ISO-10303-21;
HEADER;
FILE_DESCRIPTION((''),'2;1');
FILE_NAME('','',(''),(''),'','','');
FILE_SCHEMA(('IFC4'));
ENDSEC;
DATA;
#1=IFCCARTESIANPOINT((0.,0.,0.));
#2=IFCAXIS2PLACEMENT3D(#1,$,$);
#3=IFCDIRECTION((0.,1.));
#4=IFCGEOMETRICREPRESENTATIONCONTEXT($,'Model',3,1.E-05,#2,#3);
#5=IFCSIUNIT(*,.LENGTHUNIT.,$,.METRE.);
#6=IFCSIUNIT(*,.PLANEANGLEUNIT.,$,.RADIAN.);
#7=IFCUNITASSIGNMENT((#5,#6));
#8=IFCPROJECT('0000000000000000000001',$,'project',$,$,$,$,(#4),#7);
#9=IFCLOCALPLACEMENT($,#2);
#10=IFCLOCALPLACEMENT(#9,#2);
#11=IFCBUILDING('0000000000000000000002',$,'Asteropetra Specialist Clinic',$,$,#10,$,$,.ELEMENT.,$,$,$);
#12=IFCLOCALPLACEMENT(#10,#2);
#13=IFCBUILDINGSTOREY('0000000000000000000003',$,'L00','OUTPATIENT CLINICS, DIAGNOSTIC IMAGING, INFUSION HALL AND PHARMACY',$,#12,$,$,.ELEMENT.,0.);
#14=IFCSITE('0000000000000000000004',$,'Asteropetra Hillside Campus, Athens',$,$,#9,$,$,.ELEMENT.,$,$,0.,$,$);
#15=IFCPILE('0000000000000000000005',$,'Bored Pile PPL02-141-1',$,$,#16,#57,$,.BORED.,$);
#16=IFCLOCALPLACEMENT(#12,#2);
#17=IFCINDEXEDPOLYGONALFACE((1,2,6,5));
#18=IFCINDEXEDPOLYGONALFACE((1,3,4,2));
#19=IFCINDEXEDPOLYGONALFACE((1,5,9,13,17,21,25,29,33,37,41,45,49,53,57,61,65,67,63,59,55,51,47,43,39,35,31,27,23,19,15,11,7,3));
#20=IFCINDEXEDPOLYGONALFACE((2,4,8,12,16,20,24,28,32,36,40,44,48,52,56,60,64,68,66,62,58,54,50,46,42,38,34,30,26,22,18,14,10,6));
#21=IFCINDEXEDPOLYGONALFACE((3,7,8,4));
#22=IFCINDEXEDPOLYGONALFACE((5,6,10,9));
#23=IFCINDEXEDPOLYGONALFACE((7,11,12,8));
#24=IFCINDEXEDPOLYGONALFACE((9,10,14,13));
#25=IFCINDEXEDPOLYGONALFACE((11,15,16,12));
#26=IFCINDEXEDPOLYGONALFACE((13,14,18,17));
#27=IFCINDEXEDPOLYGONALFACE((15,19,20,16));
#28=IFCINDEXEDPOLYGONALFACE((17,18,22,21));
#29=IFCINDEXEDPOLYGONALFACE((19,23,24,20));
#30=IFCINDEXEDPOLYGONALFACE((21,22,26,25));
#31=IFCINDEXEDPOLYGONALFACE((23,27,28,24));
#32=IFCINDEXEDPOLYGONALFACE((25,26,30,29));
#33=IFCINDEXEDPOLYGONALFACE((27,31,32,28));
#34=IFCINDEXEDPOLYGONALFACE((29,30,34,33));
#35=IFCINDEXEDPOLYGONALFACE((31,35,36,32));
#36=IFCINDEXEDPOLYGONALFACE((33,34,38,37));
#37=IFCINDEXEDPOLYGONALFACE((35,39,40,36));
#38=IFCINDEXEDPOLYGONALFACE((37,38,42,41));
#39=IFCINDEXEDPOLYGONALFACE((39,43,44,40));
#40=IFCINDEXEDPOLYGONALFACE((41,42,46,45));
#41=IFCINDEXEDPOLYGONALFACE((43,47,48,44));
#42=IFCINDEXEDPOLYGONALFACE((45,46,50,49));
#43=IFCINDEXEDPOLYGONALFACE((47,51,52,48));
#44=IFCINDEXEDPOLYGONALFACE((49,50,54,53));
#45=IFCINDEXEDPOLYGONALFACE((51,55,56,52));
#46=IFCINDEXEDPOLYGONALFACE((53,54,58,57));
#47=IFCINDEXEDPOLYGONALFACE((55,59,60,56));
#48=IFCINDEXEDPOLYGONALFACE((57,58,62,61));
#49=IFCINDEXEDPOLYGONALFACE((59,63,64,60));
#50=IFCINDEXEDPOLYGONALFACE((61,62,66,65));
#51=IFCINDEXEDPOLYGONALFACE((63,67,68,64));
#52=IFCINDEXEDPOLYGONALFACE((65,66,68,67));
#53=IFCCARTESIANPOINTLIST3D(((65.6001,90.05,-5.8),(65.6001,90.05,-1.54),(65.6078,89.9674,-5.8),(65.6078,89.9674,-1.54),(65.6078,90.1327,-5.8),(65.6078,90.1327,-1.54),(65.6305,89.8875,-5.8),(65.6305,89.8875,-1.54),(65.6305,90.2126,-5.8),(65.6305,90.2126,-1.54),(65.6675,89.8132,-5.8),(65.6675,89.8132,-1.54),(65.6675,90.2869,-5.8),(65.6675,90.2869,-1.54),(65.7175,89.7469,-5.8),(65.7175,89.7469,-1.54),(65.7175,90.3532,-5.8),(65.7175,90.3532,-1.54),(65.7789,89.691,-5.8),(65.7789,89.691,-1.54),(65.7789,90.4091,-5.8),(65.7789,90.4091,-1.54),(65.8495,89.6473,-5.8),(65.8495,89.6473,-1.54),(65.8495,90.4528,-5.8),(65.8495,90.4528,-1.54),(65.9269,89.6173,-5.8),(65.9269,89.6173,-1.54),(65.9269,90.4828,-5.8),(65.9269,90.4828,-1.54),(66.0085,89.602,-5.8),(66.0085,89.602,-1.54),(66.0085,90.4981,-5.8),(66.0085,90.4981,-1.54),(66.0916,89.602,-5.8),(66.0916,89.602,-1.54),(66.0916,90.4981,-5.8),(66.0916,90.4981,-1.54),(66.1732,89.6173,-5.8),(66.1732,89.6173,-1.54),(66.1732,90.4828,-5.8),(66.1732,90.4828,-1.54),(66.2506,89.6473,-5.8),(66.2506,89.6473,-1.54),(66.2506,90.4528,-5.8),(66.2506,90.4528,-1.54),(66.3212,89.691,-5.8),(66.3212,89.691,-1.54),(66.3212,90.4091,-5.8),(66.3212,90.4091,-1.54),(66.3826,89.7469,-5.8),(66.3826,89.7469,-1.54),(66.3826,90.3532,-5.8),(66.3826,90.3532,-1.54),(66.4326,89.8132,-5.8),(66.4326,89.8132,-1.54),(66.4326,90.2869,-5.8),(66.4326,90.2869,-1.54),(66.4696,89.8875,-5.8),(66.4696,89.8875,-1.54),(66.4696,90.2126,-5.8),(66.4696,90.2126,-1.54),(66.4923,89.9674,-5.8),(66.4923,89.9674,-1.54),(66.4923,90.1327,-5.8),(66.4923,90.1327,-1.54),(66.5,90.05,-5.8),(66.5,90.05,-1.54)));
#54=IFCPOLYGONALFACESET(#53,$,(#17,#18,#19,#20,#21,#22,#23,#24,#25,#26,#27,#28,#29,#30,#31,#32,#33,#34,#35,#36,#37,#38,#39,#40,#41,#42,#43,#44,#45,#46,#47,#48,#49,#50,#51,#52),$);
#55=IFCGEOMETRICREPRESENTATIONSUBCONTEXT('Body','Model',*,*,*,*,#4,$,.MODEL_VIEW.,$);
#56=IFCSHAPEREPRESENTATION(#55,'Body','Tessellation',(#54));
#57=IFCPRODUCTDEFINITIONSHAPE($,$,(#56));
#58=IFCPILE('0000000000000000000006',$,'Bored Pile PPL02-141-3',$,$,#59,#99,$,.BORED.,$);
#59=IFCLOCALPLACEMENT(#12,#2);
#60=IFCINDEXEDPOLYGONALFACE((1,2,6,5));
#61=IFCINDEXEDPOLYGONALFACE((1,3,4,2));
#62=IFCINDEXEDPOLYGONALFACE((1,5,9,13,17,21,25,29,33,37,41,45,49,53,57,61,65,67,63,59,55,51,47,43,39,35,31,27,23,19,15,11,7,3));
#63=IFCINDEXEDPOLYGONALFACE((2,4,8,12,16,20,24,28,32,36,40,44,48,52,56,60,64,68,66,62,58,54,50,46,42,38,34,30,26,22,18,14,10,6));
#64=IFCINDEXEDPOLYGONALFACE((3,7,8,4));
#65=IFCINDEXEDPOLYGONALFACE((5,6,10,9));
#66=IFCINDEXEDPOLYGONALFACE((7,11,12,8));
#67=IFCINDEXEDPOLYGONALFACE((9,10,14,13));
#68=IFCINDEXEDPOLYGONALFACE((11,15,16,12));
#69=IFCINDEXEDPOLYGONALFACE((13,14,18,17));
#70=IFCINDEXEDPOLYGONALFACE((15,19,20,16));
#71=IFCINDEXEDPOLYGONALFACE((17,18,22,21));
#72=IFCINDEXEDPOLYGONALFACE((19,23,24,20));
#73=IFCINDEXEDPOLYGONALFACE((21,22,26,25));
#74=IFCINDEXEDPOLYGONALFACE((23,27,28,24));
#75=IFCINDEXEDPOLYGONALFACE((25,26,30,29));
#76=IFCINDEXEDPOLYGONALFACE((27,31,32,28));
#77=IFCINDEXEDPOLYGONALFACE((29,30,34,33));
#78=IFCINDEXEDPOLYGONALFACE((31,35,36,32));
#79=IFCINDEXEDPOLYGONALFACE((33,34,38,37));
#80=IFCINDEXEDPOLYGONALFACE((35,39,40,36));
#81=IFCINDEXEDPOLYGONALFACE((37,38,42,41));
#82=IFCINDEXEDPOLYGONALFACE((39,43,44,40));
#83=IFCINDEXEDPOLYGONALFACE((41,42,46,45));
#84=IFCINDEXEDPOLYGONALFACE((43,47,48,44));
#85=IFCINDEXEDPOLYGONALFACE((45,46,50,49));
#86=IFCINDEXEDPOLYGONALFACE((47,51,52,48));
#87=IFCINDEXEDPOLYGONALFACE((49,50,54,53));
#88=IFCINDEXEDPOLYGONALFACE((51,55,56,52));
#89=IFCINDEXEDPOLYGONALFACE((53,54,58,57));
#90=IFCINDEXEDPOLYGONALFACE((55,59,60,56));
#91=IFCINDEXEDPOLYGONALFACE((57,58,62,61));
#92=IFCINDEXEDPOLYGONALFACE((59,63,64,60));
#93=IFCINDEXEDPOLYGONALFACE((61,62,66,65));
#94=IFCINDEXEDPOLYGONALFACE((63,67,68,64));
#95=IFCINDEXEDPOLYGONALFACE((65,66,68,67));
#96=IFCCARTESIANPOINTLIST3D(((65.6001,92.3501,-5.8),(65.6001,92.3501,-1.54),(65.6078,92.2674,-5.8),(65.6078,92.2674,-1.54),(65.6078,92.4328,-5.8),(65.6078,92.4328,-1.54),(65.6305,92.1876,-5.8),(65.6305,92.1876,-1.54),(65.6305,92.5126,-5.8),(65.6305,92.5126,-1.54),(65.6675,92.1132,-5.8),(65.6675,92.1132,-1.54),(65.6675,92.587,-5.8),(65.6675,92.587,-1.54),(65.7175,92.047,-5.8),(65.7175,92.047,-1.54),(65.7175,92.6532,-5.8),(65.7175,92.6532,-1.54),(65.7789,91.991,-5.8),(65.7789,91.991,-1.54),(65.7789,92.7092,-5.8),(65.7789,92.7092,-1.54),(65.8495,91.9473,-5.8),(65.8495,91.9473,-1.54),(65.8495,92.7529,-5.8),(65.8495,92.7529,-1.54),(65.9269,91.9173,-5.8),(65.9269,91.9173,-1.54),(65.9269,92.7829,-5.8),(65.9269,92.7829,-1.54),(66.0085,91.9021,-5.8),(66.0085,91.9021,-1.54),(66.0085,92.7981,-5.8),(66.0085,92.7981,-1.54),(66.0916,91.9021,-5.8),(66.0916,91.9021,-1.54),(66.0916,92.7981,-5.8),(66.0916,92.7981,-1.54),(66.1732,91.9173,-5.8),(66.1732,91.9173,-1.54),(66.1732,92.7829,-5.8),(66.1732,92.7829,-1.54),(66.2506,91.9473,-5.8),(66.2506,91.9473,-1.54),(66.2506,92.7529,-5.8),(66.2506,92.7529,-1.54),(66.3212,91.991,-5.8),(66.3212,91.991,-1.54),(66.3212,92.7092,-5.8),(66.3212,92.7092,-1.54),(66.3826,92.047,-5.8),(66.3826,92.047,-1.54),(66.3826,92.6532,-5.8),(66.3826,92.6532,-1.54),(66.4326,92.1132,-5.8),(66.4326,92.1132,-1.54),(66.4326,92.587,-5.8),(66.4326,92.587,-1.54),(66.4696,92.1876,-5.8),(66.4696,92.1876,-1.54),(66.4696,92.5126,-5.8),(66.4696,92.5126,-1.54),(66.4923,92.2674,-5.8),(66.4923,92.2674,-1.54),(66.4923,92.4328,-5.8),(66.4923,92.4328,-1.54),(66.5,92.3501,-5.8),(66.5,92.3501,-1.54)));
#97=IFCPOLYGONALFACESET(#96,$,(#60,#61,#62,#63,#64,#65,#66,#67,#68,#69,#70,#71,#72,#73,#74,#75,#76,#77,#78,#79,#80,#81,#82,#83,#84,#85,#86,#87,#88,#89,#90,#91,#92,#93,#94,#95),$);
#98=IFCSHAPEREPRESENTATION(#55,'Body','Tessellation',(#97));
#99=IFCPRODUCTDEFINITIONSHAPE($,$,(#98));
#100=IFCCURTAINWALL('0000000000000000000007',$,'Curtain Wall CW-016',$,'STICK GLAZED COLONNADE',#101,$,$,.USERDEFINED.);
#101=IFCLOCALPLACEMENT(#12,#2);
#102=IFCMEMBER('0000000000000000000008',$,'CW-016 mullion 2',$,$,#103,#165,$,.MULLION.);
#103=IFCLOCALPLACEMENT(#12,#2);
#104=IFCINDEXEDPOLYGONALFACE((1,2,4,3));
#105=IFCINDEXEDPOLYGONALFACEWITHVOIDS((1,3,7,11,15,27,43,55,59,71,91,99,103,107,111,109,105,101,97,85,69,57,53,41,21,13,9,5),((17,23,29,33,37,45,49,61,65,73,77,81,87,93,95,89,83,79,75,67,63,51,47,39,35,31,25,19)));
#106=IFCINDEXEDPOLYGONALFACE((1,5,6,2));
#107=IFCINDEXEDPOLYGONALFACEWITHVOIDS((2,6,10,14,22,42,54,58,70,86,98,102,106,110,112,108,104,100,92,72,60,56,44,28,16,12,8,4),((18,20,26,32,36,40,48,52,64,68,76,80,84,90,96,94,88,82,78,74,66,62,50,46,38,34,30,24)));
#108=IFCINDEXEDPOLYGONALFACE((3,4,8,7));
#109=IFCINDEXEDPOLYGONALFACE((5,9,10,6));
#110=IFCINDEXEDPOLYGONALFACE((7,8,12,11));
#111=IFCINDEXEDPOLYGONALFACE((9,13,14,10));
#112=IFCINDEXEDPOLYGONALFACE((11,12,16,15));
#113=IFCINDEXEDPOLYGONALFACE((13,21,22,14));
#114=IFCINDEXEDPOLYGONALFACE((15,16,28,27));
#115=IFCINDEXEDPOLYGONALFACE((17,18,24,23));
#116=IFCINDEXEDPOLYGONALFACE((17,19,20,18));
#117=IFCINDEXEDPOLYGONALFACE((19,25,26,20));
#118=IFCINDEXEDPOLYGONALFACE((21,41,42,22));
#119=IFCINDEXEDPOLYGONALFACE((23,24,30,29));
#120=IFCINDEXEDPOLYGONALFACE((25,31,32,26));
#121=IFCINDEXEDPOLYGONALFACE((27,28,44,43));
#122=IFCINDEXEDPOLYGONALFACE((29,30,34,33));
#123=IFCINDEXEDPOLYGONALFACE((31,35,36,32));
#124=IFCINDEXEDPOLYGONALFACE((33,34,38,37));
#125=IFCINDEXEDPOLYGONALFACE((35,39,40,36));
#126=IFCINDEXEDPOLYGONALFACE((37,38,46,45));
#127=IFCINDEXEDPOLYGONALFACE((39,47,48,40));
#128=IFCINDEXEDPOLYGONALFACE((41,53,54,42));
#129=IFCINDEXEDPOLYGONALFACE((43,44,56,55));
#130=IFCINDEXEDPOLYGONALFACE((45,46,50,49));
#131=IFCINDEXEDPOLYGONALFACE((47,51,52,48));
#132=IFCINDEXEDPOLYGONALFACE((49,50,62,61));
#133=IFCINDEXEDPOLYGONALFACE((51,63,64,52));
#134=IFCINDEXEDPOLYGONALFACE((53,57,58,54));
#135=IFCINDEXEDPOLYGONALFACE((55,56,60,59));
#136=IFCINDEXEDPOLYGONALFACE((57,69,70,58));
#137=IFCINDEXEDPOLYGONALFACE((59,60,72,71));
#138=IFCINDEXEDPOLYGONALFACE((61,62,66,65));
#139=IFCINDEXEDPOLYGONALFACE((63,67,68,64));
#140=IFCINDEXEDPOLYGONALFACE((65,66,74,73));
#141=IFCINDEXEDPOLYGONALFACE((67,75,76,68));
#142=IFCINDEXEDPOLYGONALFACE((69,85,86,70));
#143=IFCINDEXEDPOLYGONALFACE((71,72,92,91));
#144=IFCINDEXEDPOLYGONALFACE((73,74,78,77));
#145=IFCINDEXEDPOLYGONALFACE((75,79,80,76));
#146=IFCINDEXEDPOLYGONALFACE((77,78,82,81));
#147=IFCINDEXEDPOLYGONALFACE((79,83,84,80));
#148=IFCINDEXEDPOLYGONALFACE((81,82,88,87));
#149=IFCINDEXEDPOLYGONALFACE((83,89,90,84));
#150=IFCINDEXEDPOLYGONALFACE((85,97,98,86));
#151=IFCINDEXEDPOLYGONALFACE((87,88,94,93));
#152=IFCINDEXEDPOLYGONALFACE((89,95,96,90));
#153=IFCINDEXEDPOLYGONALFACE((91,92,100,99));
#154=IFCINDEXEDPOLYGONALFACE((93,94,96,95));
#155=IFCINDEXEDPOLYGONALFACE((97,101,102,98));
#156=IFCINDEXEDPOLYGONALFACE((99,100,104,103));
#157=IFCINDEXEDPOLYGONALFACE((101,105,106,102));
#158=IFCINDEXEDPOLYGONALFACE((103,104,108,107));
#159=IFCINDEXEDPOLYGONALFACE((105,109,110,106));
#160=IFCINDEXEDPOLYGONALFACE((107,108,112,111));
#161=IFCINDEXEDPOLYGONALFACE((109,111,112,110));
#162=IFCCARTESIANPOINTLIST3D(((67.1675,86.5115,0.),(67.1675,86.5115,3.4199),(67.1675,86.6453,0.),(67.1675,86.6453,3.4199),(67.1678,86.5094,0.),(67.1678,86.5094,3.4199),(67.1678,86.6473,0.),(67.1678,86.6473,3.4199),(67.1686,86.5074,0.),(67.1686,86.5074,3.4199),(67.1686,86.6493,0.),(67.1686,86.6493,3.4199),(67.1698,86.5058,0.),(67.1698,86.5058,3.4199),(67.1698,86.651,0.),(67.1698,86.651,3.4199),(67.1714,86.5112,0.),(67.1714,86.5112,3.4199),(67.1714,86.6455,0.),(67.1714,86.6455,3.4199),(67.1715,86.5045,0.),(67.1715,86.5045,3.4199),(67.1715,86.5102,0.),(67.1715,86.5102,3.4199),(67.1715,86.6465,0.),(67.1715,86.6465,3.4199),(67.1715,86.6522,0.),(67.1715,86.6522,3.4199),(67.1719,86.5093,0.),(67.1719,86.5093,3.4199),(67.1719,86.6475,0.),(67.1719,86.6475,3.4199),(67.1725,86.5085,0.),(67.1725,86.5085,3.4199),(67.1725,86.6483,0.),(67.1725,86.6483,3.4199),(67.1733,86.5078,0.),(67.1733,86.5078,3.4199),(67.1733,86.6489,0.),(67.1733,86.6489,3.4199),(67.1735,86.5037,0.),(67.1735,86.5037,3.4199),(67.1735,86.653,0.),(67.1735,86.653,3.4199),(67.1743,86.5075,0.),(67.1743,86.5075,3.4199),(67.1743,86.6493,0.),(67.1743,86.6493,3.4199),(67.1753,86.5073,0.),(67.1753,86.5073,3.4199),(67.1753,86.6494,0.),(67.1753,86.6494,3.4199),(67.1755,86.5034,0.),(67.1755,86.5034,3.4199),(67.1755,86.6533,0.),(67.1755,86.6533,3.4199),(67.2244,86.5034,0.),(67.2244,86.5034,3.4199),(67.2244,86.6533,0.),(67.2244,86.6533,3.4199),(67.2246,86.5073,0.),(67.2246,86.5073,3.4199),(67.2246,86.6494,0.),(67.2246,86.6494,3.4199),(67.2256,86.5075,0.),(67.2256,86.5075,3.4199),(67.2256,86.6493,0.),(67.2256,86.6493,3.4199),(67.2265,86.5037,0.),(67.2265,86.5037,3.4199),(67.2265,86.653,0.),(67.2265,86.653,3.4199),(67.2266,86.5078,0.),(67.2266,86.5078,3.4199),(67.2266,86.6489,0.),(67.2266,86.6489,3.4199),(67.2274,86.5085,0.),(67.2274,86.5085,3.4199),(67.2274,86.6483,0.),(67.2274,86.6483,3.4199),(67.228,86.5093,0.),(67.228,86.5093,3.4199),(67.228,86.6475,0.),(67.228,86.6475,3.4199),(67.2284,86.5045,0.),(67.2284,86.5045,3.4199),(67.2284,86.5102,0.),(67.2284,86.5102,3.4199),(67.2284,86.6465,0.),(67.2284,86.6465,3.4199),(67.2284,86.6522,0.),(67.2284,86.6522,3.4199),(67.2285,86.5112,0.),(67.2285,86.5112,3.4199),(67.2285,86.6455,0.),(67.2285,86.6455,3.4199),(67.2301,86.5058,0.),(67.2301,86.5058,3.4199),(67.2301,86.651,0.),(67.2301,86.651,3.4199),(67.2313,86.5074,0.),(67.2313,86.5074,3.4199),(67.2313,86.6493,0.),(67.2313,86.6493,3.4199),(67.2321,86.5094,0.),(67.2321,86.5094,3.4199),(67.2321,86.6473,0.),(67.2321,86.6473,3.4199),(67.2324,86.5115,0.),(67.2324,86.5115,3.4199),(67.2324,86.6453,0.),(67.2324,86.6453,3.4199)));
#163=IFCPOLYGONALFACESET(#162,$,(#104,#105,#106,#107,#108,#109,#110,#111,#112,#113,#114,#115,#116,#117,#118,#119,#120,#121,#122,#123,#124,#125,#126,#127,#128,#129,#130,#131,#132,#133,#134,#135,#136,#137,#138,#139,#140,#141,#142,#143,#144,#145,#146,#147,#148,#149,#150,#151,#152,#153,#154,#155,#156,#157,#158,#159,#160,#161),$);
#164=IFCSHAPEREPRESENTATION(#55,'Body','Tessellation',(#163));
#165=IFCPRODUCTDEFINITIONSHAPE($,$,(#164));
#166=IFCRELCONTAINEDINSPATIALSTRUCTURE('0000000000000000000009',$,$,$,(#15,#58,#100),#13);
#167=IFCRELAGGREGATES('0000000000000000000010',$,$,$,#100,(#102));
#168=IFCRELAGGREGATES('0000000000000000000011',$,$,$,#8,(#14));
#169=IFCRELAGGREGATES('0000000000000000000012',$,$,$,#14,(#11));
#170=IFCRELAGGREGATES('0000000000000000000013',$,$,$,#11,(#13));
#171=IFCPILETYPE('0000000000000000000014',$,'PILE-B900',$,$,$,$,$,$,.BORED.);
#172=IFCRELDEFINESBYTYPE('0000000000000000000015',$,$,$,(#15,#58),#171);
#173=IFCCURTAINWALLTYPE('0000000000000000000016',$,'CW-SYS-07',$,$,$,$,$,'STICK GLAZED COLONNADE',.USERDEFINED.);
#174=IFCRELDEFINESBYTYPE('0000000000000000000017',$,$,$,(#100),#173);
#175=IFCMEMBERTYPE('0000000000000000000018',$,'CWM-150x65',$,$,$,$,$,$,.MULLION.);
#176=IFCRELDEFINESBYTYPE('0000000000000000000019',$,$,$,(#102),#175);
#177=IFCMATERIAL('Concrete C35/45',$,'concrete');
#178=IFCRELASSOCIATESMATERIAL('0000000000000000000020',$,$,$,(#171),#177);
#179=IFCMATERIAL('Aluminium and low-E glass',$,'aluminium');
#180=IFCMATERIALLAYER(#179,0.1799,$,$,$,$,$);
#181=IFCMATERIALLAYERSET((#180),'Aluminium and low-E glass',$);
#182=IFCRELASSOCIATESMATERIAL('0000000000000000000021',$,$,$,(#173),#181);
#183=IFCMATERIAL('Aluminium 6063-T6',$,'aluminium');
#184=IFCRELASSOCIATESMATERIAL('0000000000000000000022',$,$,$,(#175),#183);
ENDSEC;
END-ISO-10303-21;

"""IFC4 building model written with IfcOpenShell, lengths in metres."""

from ifc_helpers import new_model, si_unit, direction, frame, origin, origin_2d, place, context, subcontext, project, spatial, hollow_rectangle, circle, extrude, material, layer, layer_set, material_profile, profile_set, type_object, element, aggregate, save


model = new_model("IFC4")

# Units and contexts
model_context = context("Model", 3, precision=1e-05, world=origin(), true_north=direction((0.0, 1.0)))
body_context = subcontext(model_context, "Body", "Model", "MODEL_VIEW")
ifc_project = project(units=[si_unit("LENGTHUNIT", "METRE"), si_unit("PLANEANGLEUNIT", "RADIAN")], contexts=[model_context])

# Site, building, storey
site_placement = place(None, origin())
site = spatial("IfcSite", under=ifc_project, at=site_placement, Name="Asteropetra Hillside Campus, Athens", CompositionType="ELEMENT", RefElevation=0.0)
building_placement = place(site_placement, origin())
building = spatial("IfcBuilding", under=site, at=building_placement, Name="Asteropetra Specialist Clinic", CompositionType="ELEMENT")
storey_placement = place(building_placement, origin())
storey = spatial("IfcBuildingStorey", under=building, at=storey_placement, Name="L00", Description="OUTPATIENT CLINICS, DIAGNOSTIC IMAGING, INFUSION HALL AND PHARMACY", CompositionType="ELEMENT", Elevation=0.0)

# Piles
ifc_material_1 = material(Name="Concrete C35/45", Category="concrete")
ifc_material_profile_1 = material_profile(ifc_material_1, circle(Radius=0.45, at=origin_2d()), Name="PILE D900")
ifc_profile_set_1 = profile_set([ifc_material_profile_1], Name="Concrete C35/45")
pile_type = type_object("IfcPileType", Name="PILE-B900", PredefinedType="BORED", material=ifc_profile_set_1)
for number, where, z_axis, x_axis, name in (
    (1, (66.05, 90.05, -1.54), (0.0, 0.0, -1.0), (1.0, 0.0, 0.0), "Bored Pile PPL02-141-1"),
    (2, (66.05, 92.3501, -1.54), (0.0, 0.0, -1.0), (1.0, 0.0, 0.0), "Bored Pile PPL02-141-3"),
):
    element("IfcPile", number, at=place(storey_placement, frame(where, z_axis=z_axis, x_axis=x_axis)), inside=storey, type_object=pile_type, Name=name, PredefinedType="BORED", context=body_context, shape_type="SweptSolid", body=[
        extrude(circle(Radius=0.45, at=origin_2d()), origin(), (0.0, 0.0, 1.0), 4.26),
    ])

# Curtain wall, member
ifc_material_2 = material(Name="Aluminium and low-E glass", Category="aluminium")
ifc_layer_1 = layer(ifc_material_2, 0.1799)
ifc_layer_set_1 = layer_set([ifc_layer_1], Name="Aluminium and low-E glass")
curtain_wall_type_1 = type_object("IfcCurtainWallType", Name="CW-SYS-07", ElementType="STICK GLAZED COLONNADE", PredefinedType="USERDEFINED", material=ifc_layer_set_1)
curtain_wall_1_placement = place(storey_placement, origin())
curtain_wall_1 = element("IfcCurtainWall", 3, at=curtain_wall_1_placement, inside=storey, type_object=curtain_wall_type_1, Name="Curtain Wall CW-016", ObjectType="STICK GLAZED COLONNADE", PredefinedType="USERDEFINED")
ifc_material_3 = material(Name="Aluminium 6063-T6", Category="aluminium")
ifc_material_profile_2 = material_profile(ifc_material_3, hollow_rectangle(XDim=0.0649, YDim=0.1499, WallThickness=0.0039, InnerFilletRadius=0.0039, OuterFilletRadius=0.0081, at=origin_2d()), Name="MUL 150x65x4.0")
ifc_profile_set_2 = profile_set([ifc_material_profile_2], Name="Aluminium 6063-T6")
member_type_1 = type_object("IfcMemberType", Name="CWM-150x65", PredefinedType="MULLION", material=ifc_profile_set_2)
member_1_placement = place(storey_placement, frame((67.2, 86.5784, 0.0), z_axis=(0.0, 0.0, 1.0), x_axis=(-1.0, 0.0, 0.0)))
member_1 = element("IfcMember", 4, at=member_1_placement, type_object=member_type_1, Name="CW-016 mullion 2", PredefinedType="MULLION", context=body_context, shape_type="SweptSolid", body=[
    extrude(hollow_rectangle(XDim=0.0649, YDim=0.1499, WallThickness=0.0039, InnerFilletRadius=0.0039, OuterFilletRadius=0.0081, at=origin_2d()), origin(), (0.0, 0.0, 1.0), 3.4199),
])

aggregate(curtain_wall_1, [member_1])

save(model, "model.ifc")
